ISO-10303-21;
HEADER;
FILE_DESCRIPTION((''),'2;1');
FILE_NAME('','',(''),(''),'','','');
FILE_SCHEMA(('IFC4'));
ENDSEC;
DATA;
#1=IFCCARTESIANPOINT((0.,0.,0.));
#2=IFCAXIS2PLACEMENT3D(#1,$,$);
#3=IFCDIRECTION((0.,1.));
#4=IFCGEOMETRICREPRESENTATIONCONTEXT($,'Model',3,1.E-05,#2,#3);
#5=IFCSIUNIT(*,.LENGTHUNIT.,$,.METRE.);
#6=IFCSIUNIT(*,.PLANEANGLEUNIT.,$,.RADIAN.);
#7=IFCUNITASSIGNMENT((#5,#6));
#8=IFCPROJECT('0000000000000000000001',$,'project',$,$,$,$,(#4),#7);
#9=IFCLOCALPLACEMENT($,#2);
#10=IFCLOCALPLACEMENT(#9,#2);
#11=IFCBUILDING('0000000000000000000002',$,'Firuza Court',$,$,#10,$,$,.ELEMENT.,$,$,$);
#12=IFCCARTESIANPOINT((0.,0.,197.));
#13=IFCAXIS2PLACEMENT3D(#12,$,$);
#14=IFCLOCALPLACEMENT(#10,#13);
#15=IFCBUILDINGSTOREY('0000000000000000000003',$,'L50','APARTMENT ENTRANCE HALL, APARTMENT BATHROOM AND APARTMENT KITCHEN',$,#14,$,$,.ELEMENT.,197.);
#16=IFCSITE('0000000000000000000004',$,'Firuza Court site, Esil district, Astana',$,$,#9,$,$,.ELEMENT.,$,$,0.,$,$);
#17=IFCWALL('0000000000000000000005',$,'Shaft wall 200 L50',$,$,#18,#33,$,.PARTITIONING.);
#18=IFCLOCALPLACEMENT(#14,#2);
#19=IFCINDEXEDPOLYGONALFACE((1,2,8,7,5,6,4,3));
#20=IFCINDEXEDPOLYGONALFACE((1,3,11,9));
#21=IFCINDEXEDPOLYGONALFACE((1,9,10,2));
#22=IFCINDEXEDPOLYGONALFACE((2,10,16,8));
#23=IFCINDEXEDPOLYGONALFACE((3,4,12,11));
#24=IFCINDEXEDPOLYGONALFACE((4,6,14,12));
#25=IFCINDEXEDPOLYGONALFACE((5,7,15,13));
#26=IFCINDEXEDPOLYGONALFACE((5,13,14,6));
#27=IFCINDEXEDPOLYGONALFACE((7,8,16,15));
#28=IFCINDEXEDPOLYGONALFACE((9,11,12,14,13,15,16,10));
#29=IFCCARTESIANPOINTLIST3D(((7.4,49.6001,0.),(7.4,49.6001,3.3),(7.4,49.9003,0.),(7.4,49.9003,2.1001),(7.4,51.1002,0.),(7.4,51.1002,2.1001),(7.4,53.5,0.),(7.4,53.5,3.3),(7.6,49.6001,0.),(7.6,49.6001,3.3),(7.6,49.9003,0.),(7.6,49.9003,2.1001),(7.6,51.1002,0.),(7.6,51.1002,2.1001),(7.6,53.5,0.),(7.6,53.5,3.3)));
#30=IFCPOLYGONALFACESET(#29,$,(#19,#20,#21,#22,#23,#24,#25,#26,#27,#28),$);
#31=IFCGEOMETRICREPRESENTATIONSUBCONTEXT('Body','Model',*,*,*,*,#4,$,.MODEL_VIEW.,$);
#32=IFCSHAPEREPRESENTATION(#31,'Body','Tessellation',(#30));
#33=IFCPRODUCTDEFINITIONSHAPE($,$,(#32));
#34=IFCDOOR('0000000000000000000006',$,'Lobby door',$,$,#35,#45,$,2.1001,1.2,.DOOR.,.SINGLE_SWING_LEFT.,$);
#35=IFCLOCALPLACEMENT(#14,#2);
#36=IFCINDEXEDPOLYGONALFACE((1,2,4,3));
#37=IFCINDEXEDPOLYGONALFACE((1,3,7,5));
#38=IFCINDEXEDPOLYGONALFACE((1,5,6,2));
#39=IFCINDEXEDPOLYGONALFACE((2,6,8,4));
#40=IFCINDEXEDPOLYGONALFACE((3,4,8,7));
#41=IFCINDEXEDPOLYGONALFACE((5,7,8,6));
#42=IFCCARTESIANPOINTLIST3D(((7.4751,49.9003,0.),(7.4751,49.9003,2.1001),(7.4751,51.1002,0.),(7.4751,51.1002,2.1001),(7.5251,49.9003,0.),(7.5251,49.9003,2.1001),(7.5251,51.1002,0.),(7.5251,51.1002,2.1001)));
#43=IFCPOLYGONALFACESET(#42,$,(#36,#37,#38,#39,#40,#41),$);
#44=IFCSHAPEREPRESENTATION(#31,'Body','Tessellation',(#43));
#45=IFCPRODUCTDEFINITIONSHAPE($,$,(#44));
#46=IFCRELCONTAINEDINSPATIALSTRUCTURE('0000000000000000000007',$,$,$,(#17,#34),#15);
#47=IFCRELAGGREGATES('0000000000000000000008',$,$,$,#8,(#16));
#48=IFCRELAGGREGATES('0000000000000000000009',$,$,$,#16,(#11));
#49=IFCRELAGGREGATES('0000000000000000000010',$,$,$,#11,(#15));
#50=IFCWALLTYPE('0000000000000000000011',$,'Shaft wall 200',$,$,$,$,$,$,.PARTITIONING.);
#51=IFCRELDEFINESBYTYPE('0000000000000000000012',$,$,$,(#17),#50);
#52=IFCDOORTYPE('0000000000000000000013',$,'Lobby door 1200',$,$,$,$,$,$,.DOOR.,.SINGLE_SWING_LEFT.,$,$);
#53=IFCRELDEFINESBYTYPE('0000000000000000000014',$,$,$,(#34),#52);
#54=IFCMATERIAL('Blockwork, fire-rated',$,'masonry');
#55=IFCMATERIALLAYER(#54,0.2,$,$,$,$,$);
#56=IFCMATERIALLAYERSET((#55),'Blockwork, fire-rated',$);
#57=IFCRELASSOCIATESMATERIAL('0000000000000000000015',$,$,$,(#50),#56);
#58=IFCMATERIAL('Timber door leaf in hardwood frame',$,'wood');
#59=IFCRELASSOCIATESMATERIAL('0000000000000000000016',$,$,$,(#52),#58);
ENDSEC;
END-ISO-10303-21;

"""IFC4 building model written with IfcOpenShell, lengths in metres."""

from ifc_helpers import new_model, si_unit, direction, frame, frame_2d, origin, place, context, subcontext, project, spatial, rectangle, extrude, material, layer, layer_set, type_object, element, fill, save


model = new_model("IFC4")

# Units and contexts
model_context = context("Model", 3, precision=1e-05, world=origin(), true_north=direction((0.0, 1.0)))
body_context = subcontext(model_context, "Body", "Model", "MODEL_VIEW")
ifc_project = project(units=[si_unit("LENGTHUNIT", "METRE"), si_unit("PLANEANGLEUNIT", "RADIAN")], contexts=[model_context])

# Site, building, storey
site_placement = place(None, origin())
site = spatial("IfcSite", under=ifc_project, at=site_placement, Name="Firuza Court site, Esil district, Astana", CompositionType="ELEMENT", RefElevation=0.0)
building_placement = place(site_placement, origin())
building = spatial("IfcBuilding", under=site, at=building_placement, Name="Firuza Court", CompositionType="ELEMENT")
storey_placement = place(building_placement, frame((0.0, 0.0, 197.0)))
storey = spatial("IfcBuildingStorey", under=building, at=storey_placement, Name="L50", Description="APARTMENT ENTRANCE HALL, APARTMENT BATHROOM AND APARTMENT KITCHEN", CompositionType="ELEMENT", Elevation=197.0)

# Shared definitions
ifc_material_1 = material(Name="Blockwork, fire-rated", Category="masonry")
ifc_layer_1 = layer(ifc_material_1, 0.2)
ifc_layer_set_1 = layer_set([ifc_layer_1], Name="Blockwork, fire-rated")
wall_type_1 = type_object("IfcWallType", Name="Shaft wall 200", PredefinedType="PARTITIONING", material=ifc_layer_set_1)

# Wall, opening, door
wall_1_placement = place(storey_placement, frame((7.5, 49.6001, 0.0), z_axis=(0.0, 0.0, 1.0), x_axis=(0.0, 1.0, 0.0)))
wall_1 = element("IfcWall", 1, at=wall_1_placement, inside=storey, type_object=wall_type_1, Name="Shaft wall 200 L50", PredefinedType="PARTITIONING", context=body_context, shape_type="SweptSolid", body=[
    extrude(rectangle(XDim=3.8999, YDim=0.2, at=frame_2d((1.95, 0.0))), origin(), (0.0, 0.0, 1.0), 3.3),
])
opening_1_placement = place(wall_1_placement, frame((0.3, 0.0, 0.0)))
opening_1 = element("IfcOpeningElement", 2, at=opening_1_placement, cuts=wall_1, PredefinedType="OPENING", context=body_context, shape_type="SweptSolid", body=[
    extrude(rectangle(XDim=1.2, YDim=2.1001, at=frame_2d((0.6001, 1.05))), frame((0.0, 0.1118, 0.0), z_axis=(0.0, -1.0, 0.0), x_axis=(1.0, 0.0, 0.0)), (0.0, 0.0, 1.0), 0.2239),
])
ifc_material_2 = material(Name="Timber door leaf in hardwood frame", Category="wood")
door_type_1 = type_object("IfcDoorType", Name="Lobby door 1200", OperationType="SINGLE_SWING_LEFT", PredefinedType="DOOR", material=ifc_material_2)
door_1_placement = place(opening_1_placement, origin())
door_1 = element("IfcDoor", 3, at=door_1_placement, inside=storey, type_object=door_type_1, Name="Lobby door", OperationType="SINGLE_SWING_LEFT", OverallHeight=2.1001, OverallWidth=1.2, PredefinedType="DOOR", context=body_context, shape_type="SweptSolid", body=[
    extrude(rectangle(XDim=1.2, YDim=2.1001, at=frame_2d((0.6001, 1.05))), frame((0.0, 0.0249, 0.0), z_axis=(0.0, -1.0, 0.0), x_axis=(1.0, 0.0, 0.0)), (0.0, 0.0, 1.0), 0.05),
])
fill(opening_1, door_1)

save(model, "model.ifc")
